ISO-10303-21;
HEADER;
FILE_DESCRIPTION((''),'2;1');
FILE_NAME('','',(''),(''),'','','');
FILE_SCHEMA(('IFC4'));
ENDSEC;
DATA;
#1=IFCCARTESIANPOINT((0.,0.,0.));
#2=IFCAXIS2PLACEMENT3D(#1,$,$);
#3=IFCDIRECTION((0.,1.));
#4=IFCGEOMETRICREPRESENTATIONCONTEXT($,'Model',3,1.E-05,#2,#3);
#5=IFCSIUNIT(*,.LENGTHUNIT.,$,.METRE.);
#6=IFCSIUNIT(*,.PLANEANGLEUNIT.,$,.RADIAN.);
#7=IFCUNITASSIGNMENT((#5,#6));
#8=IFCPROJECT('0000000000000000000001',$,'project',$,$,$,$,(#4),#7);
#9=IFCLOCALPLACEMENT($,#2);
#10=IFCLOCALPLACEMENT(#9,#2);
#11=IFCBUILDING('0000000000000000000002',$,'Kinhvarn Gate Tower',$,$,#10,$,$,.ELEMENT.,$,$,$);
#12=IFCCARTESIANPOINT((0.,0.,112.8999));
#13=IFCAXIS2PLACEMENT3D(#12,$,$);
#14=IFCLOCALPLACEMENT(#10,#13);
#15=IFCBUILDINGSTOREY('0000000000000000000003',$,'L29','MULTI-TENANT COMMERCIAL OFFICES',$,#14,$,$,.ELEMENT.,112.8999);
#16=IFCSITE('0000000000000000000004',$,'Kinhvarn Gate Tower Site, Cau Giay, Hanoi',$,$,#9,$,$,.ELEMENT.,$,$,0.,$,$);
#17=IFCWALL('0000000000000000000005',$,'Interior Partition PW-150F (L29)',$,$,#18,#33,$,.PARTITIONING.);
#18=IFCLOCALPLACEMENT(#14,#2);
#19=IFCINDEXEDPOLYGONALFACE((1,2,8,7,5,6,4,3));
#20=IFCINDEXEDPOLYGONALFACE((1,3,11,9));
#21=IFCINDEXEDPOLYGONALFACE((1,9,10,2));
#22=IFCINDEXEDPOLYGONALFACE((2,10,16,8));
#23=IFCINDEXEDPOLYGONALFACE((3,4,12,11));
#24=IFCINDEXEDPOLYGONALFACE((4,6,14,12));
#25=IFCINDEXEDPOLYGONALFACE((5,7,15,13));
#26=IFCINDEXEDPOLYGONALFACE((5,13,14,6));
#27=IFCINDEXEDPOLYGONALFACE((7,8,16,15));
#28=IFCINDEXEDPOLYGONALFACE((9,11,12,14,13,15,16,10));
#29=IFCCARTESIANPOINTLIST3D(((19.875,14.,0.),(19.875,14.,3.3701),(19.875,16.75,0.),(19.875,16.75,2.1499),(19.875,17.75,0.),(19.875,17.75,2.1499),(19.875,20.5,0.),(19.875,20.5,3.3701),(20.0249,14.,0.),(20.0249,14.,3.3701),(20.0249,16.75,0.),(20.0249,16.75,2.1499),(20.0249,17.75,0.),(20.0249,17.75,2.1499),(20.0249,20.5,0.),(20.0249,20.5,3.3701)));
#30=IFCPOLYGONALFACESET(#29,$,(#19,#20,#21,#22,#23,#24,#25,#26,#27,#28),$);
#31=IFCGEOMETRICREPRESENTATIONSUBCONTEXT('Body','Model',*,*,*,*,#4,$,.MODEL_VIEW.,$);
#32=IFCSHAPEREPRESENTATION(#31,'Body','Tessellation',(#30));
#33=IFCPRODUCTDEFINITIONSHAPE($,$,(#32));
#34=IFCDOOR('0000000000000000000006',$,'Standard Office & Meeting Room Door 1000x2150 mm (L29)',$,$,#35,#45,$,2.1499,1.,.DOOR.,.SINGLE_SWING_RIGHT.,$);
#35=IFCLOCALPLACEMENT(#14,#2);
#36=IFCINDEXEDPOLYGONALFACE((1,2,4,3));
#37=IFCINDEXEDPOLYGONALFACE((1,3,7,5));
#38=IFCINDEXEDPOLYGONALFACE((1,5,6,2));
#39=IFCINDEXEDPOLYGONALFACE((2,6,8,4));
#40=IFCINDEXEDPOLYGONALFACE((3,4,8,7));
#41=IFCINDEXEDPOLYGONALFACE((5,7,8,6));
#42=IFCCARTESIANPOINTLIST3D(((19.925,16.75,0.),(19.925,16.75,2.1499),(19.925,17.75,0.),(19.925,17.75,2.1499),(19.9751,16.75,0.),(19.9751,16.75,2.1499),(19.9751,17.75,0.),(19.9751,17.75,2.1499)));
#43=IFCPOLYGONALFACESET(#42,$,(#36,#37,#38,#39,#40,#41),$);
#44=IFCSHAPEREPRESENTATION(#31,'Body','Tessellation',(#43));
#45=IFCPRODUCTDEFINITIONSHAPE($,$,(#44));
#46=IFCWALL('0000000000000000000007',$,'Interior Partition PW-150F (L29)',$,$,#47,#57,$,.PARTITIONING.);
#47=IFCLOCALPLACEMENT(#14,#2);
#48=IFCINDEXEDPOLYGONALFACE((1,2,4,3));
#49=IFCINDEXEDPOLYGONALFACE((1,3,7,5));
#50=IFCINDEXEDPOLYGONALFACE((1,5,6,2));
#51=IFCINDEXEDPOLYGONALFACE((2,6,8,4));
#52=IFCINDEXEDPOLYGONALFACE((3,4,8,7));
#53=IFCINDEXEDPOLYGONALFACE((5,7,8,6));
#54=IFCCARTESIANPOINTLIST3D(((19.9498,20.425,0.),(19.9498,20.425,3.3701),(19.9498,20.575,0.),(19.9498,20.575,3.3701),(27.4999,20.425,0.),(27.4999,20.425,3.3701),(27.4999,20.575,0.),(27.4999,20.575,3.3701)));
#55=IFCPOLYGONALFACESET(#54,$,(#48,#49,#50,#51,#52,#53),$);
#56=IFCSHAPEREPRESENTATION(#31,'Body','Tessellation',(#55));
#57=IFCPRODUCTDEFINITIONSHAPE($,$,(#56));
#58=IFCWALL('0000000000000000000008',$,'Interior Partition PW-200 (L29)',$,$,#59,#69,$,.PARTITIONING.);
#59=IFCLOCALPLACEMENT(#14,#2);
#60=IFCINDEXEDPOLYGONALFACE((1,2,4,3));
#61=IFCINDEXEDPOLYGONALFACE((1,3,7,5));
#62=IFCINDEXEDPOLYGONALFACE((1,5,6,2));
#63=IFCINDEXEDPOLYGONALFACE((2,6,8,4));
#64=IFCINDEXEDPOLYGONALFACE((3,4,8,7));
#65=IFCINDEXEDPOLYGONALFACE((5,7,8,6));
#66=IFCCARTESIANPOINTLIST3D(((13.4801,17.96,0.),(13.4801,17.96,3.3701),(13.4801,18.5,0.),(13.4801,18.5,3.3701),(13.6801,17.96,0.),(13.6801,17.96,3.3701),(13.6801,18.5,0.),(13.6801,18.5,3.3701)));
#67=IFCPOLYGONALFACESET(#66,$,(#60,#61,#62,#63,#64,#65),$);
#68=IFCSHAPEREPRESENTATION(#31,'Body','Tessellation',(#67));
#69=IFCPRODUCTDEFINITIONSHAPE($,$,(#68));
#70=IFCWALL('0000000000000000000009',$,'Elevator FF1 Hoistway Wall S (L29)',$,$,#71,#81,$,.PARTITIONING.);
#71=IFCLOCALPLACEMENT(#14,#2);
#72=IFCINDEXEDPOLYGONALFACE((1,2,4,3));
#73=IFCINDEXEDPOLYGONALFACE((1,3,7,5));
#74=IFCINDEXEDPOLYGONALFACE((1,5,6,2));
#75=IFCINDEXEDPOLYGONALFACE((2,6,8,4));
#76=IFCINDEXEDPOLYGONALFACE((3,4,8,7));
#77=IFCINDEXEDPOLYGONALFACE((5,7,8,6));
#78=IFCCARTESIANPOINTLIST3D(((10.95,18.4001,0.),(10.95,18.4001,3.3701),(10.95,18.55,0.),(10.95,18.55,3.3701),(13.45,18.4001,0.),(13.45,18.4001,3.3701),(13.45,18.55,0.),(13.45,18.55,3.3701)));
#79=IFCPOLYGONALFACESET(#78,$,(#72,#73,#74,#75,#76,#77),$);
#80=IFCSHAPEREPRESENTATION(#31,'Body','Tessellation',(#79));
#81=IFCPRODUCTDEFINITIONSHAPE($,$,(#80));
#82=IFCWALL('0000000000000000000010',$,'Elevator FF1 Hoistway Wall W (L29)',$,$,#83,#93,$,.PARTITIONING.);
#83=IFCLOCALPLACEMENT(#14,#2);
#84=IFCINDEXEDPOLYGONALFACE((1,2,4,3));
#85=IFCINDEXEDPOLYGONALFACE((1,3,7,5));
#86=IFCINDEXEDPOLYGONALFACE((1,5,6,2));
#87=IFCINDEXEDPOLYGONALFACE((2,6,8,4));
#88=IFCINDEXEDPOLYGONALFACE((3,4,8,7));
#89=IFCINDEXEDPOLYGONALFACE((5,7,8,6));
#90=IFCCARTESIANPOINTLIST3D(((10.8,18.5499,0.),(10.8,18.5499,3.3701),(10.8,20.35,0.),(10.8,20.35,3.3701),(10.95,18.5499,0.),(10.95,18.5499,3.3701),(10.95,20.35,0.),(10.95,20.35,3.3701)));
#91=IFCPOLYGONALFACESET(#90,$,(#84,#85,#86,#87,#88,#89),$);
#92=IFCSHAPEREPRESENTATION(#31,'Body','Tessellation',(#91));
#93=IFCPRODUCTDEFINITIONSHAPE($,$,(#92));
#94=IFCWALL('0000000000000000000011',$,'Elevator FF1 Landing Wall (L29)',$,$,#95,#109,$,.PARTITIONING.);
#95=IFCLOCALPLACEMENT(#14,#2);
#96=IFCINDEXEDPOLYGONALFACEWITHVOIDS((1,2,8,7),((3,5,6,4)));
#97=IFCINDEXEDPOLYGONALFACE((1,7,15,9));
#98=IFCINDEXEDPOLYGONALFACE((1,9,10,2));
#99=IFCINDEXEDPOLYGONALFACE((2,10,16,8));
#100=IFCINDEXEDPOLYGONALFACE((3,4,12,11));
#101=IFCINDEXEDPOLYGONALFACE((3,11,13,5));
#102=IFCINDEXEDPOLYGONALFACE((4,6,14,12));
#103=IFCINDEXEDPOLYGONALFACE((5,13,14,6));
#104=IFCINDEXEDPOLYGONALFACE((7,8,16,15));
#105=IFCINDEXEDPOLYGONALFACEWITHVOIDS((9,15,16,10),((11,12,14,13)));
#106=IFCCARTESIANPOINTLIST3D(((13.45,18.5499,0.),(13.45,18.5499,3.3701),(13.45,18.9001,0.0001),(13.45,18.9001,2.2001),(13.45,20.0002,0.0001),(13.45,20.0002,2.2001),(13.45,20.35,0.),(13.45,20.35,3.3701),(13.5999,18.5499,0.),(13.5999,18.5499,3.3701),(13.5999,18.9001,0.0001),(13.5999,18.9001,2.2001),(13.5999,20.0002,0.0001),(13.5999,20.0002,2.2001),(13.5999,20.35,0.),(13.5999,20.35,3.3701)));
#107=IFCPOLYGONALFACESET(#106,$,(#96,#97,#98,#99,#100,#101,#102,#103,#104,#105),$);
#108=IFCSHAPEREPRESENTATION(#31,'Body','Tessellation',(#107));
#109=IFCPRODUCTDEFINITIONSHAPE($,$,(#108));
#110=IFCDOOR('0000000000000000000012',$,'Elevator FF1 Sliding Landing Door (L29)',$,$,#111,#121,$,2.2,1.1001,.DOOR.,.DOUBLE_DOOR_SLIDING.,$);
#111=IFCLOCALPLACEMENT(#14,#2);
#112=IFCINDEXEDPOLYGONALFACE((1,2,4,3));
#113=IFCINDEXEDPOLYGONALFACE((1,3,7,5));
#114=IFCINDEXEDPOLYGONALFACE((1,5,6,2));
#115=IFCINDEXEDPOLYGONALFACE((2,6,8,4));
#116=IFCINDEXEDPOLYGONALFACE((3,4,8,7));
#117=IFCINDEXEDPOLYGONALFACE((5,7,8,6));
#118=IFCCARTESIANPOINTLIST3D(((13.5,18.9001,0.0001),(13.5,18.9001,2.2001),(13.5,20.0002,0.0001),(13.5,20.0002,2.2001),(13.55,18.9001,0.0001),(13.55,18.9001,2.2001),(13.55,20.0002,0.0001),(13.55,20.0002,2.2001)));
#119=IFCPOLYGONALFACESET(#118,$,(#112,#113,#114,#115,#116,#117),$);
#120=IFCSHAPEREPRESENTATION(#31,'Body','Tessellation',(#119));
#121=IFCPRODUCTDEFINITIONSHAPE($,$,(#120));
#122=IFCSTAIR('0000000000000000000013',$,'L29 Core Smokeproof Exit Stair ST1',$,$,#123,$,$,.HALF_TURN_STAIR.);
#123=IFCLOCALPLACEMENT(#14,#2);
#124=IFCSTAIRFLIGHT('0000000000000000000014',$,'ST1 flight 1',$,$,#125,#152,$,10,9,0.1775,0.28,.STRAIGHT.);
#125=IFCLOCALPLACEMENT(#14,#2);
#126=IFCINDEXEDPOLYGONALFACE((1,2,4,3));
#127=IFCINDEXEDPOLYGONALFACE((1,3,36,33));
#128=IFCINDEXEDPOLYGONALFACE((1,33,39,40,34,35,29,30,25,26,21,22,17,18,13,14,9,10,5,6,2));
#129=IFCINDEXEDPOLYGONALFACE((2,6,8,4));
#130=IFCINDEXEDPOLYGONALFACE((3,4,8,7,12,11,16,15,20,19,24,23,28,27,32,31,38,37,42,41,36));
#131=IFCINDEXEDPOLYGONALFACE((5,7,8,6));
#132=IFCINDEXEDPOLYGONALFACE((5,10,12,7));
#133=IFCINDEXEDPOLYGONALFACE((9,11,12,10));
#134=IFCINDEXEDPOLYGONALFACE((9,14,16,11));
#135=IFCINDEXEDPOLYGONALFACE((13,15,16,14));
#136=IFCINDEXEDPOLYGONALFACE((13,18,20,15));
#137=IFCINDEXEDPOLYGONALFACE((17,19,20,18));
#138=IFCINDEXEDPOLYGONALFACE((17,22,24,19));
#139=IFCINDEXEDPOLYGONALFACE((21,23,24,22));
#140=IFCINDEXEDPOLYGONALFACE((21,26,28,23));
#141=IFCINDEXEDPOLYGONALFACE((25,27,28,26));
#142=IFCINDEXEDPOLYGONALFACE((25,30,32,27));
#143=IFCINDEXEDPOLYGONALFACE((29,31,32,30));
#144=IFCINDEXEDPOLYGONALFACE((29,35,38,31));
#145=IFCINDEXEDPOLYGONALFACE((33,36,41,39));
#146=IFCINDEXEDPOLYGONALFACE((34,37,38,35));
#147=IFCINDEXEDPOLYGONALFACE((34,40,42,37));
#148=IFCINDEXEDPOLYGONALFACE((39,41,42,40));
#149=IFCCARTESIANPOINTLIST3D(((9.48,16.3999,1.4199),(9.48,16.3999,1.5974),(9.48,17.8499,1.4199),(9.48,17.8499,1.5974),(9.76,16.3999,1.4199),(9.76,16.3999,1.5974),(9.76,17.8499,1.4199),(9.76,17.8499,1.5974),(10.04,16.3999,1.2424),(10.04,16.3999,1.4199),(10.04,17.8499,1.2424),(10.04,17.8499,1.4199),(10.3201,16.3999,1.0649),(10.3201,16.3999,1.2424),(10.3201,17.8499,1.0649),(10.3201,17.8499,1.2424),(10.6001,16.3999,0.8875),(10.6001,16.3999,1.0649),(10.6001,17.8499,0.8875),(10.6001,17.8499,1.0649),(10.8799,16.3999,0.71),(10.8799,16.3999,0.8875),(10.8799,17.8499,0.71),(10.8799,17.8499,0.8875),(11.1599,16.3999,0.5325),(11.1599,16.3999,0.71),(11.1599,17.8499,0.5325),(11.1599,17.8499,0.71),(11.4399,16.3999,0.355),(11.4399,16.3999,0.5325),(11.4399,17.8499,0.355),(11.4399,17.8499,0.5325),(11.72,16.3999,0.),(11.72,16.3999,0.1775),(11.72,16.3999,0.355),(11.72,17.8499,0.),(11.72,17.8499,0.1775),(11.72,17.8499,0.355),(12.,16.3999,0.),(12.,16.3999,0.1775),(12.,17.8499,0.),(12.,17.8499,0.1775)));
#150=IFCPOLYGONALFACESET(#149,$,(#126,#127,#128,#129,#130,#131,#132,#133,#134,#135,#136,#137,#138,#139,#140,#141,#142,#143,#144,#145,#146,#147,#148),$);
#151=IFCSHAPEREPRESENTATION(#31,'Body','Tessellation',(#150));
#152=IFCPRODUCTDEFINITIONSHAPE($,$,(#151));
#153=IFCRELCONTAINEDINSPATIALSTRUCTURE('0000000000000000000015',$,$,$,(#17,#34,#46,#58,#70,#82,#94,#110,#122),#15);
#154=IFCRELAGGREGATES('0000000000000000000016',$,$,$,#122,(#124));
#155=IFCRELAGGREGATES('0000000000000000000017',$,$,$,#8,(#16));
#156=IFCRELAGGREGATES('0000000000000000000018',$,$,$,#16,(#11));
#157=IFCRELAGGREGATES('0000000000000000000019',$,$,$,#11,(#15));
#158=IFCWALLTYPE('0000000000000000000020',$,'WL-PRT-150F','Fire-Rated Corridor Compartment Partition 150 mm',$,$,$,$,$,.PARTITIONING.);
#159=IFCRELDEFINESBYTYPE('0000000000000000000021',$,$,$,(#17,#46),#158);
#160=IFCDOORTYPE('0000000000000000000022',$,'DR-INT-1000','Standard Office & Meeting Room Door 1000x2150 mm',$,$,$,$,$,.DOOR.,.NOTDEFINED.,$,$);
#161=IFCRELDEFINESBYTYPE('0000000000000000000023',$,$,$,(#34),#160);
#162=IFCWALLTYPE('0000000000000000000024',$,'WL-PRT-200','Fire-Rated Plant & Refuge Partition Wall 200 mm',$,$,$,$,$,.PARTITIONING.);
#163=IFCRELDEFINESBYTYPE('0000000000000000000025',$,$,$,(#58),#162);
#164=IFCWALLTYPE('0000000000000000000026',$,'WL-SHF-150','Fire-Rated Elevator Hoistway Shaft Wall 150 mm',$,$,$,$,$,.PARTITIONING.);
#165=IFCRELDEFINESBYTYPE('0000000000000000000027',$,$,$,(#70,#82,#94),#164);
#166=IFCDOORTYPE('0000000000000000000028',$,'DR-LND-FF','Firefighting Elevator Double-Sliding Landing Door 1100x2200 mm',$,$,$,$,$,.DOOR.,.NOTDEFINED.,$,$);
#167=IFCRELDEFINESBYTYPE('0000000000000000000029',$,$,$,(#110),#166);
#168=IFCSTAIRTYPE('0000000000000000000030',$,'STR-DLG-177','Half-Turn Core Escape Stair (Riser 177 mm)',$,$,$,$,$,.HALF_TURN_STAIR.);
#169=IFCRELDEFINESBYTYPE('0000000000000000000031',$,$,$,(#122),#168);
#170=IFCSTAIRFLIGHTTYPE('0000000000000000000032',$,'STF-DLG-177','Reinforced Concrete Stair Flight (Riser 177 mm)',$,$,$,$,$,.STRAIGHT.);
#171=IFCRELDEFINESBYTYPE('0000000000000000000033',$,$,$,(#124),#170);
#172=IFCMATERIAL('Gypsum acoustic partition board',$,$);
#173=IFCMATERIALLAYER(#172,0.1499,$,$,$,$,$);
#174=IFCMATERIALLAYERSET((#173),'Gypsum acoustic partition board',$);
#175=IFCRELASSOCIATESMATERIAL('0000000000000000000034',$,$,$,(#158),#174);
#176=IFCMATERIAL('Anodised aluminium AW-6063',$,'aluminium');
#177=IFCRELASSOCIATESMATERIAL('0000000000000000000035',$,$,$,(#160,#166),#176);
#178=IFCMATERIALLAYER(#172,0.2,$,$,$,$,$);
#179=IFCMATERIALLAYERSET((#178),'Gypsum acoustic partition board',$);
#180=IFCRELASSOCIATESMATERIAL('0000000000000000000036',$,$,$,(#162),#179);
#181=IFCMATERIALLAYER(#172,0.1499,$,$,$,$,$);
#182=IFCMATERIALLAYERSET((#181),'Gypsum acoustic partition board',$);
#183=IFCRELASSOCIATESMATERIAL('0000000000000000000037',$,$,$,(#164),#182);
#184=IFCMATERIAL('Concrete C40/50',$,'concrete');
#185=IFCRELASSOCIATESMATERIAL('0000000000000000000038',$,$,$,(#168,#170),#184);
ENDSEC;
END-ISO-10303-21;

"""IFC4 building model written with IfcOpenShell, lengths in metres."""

from ifc_helpers import new_model, si_unit, direction, frame, frame_2d, origin, place, context, subcontext, project, spatial, polyline, rectangle, outline, extrude, material, layer, layer_set, type_object, element, fill, aggregate, save


model = new_model("IFC4")

# Units and contexts
model_context = context("Model", 3, precision=1e-05, world=origin(), true_north=direction((0.0, 1.0)))
body_context = subcontext(model_context, "Body", "Model", "MODEL_VIEW")
ifc_project = project(units=[si_unit("LENGTHUNIT", "METRE"), si_unit("PLANEANGLEUNIT", "RADIAN")], contexts=[model_context])

# Site, building, storey
site_placement = place(None, origin())
site = spatial("IfcSite", under=ifc_project, at=site_placement, Name="Kinhvarn Gate Tower Site, Cau Giay, Hanoi", CompositionType="ELEMENT", RefElevation=0.0)
building_placement = place(site_placement, origin())
building = spatial("IfcBuilding", under=site, at=building_placement, Name="Kinhvarn Gate Tower", CompositionType="ELEMENT")
storey_placement = place(building_placement, frame((0.0, 0.0, 112.8999)))
storey = spatial("IfcBuildingStorey", under=building, at=storey_placement, Name="L29", Description="MULTI-TENANT COMMERCIAL OFFICES", CompositionType="ELEMENT", Elevation=112.8999)

# Shared definitions
ifc_material_1 = material(Name="Anodised aluminium AW-6063", Category="aluminium")

# Shared definitions
ifc_material_2 = material(Name="Gypsum acoustic partition board")
ifc_layer_1 = layer(ifc_material_2, 0.1499)
ifc_layer_set_1 = layer_set([ifc_layer_1], Name="Gypsum acoustic partition board")
wall_type_1 = type_object("IfcWallType", Name="WL-PRT-150F", Description="Fire-Rated Corridor Compartment Partition 150 mm", PredefinedType="PARTITIONING", material=ifc_layer_set_1)

# Wall, opening, door
wall_1_placement = place(storey_placement, frame((19.95, 14.0, 0.0), z_axis=(0.0, 0.0, 1.0), x_axis=(0.0, 1.0, 0.0)))
wall_1 = element("IfcWall", 1, at=wall_1_placement, inside=storey, type_object=wall_type_1, Name="Interior Partition PW-150F (L29)", PredefinedType="PARTITIONING", context=body_context, shape_type="SweptSolid", body=[
    extrude(rectangle(XDim=6.5, YDim=0.1499, at=frame_2d((3.25, 0.0))), origin(), (0.0, 0.0, 1.0), 3.3701),
])
opening_1_placement = place(wall_1_placement, frame((2.75, 0.0, 0.0)))
opening_1 = element("IfcOpeningElement", 2, at=opening_1_placement, cuts=wall_1, PredefinedType="OPENING", context=body_context, shape_type="SweptSolid", body=[
    extrude(rectangle(XDim=1.0, YDim=2.1499, at=frame_2d((0.5, 1.075))), frame((0.0, 0.085, 0.0), z_axis=(0.0, -1.0, 0.0), x_axis=(1.0, 0.0, 0.0)), (0.0, 0.0, 1.0), 0.1699),
])
door_type_1 = type_object("IfcDoorType", Name="DR-INT-1000", Description="Standard Office & Meeting Room Door 1000x2150 mm", OperationType="NOTDEFINED", PredefinedType="DOOR", material=ifc_material_1)
door_1_placement = place(opening_1_placement, origin())
door_1 = element("IfcDoor", 3, at=door_1_placement, inside=storey, type_object=door_type_1, Name="Standard Office & Meeting Room Door 1000x2150 mm (L29)", OperationType="SINGLE_SWING_RIGHT", OverallHeight=2.1499, OverallWidth=1.0, PredefinedType="DOOR", context=body_context, shape_type="SweptSolid", body=[
    extrude(rectangle(XDim=1.0, YDim=2.1499, at=frame_2d((0.5, 1.075))), frame((0.0, 0.0249, 0.0), z_axis=(0.0, -1.0, 0.0), x_axis=(1.0, 0.0, 0.0)), (0.0, 0.0, 1.0), 0.05),
])
fill(opening_1, door_1)

# Walls
wall_2_placement = place(storey_placement, frame((19.95, 20.5, 0.0), z_axis=(0.0, 0.0, 1.0), x_axis=(1.0, 0.0, 0.0)))
element("IfcWall", 4, at=wall_2_placement, inside=storey, type_object=wall_type_1, Name="Interior Partition PW-150F (L29)", PredefinedType="PARTITIONING", context=body_context, shape_type="SweptSolid", body=[
    extrude(rectangle(XDim=7.55, YDim=0.1499, at=frame_2d((3.7749, 0.0))), origin(), (0.0, 0.0, 1.0), 3.3701),
])
ifc_layer_2 = layer(ifc_material_2, 0.2)
ifc_layer_set_2 = layer_set([ifc_layer_2], Name="Gypsum acoustic partition board")
wall_type_2 = type_object("IfcWallType", Name="WL-PRT-200", Description="Fire-Rated Plant & Refuge Partition Wall 200 mm", PredefinedType="PARTITIONING", material=ifc_layer_set_2)
wall_3_placement = place(storey_placement, frame((13.5801, 17.96, 0.0), z_axis=(0.0, 0.0, 1.0), x_axis=(0.0, 1.0, 0.0)))
element("IfcWall", 5, at=wall_3_placement, inside=storey, type_object=wall_type_2, Name="Interior Partition PW-200 (L29)", PredefinedType="PARTITIONING", context=body_context, shape_type="SweptSolid", body=[
    extrude(rectangle(XDim=0.54, YDim=0.2, at=frame_2d((0.27, 0.0))), origin(), (0.0, 0.0, 1.0), 3.3701),
])
ifc_layer_3 = layer(ifc_material_2, 0.1499)
ifc_layer_set_3 = layer_set([ifc_layer_3], Name="Gypsum acoustic partition board")
wall_type_3 = type_object("IfcWallType", Name="WL-SHF-150", Description="Fire-Rated Elevator Hoistway Shaft Wall 150 mm", PredefinedType="PARTITIONING", material=ifc_layer_set_3)
wall_4_placement = place(storey_placement, frame((10.95, 18.4751, 0.0), z_axis=(0.0, 0.0, 1.0), x_axis=(1.0, 0.0, 0.0)))
element("IfcWall", 6, at=wall_4_placement, inside=storey, type_object=wall_type_3, Name="Elevator FF1 Hoistway Wall S (L29)", PredefinedType="PARTITIONING", context=body_context, shape_type="SweptSolid", body=[
    extrude(rectangle(XDim=2.5, YDim=0.1499, at=frame_2d((1.25, 0.0))), origin(), (0.0, 0.0, 1.0), 3.3701),
])
wall_5_placement = place(storey_placement, frame((10.875, 18.55, 0.0), z_axis=(0.0, 0.0, 1.0), x_axis=(0.0, 1.0, 0.0)))
element("IfcWall", 7, at=wall_5_placement, inside=storey, type_object=wall_type_3, Name="Elevator FF1 Hoistway Wall W (L29)", PredefinedType="PARTITIONING", context=body_context, shape_type="SweptSolid", body=[
    extrude(rectangle(XDim=1.8, YDim=0.1499, at=frame_2d((0.8999, 0.0))), origin(), (0.0, 0.0, 1.0), 3.3701),
])

# Wall, opening, door
wall_6_placement = place(storey_placement, frame((13.5249, 18.55, 0.0), z_axis=(0.0, 0.0, 1.0), x_axis=(0.0, 1.0, 0.0)))
wall_6 = element("IfcWall", 8, at=wall_6_placement, inside=storey, type_object=wall_type_3, Name="Elevator FF1 Landing Wall (L29)", PredefinedType="PARTITIONING", context=body_context, shape_type="SweptSolid", body=[
    extrude(rectangle(XDim=1.8, YDim=0.1499, at=frame_2d((0.8999, 0.0))), origin(), (0.0, 0.0, 1.0), 3.3701),
])
opening_2_placement = place(wall_6_placement, frame((0.3501, 0.0, 0.0)))
opening_2 = element("IfcOpeningElement", 9, at=opening_2_placement, cuts=wall_6, PredefinedType="OPENING", context=body_context, shape_type="SweptSolid", body=[
    extrude(rectangle(XDim=1.1001, YDim=2.2, at=frame_2d((0.55, 1.1001))), frame((0.0, 0.085, 0.0), z_axis=(0.0, -1.0, 0.0), x_axis=(1.0, 0.0, 0.0)), (0.0, 0.0, 1.0), 0.1699),
])
door_type_2 = type_object("IfcDoorType", Name="DR-LND-FF", Description="Firefighting Elevator Double-Sliding Landing Door 1100x2200 mm", OperationType="NOTDEFINED", PredefinedType="DOOR", material=ifc_material_1)
door_2_placement = place(opening_2_placement, origin())
door_2 = element("IfcDoor", 10, at=door_2_placement, inside=storey, type_object=door_type_2, Name="Elevator FF1 Sliding Landing Door (L29)", OperationType="DOUBLE_DOOR_SLIDING", OverallHeight=2.2, OverallWidth=1.1001, PredefinedType="DOOR", context=body_context, shape_type="SweptSolid", body=[
    extrude(rectangle(XDim=1.1001, YDim=2.2, at=frame_2d((0.55, 1.1001))), frame((0.0, 0.0249, 0.0), z_axis=(0.0, -1.0, 0.0), x_axis=(1.0, 0.0, 0.0)), (0.0, 0.0, 1.0), 0.05),
])
fill(opening_2, door_2)
ifc_material_3 = material(Name="Concrete C40/50", Category="concrete")

# Stair, stair flight
stair_type = type_object("IfcStairType", Name="STR-DLG-177", Description="Half-Turn Core Escape Stair (Riser 177 mm)", PredefinedType="HALF_TURN_STAIR", material=ifc_material_3)
stair_placement = place(storey_placement, origin())
stair = element("IfcStair", 11, at=stair_placement, inside=storey, type_object=stair_type, Name="L29 Core Smokeproof Exit Stair ST1", PredefinedType="HALF_TURN_STAIR")
stair_flight_type = type_object("IfcStairFlightType", Name="STF-DLG-177", Description="Reinforced Concrete Stair Flight (Riser 177 mm)", PredefinedType="STRAIGHT", material=ifc_material_3)
stair_flight_1_placement = place(storey_placement, frame((12.0, 17.125, 0.0), z_axis=(0.0, 0.0, 1.0), x_axis=(-1.0, 0.0, 0.0)))
stair_flight_1 = element("IfcStairFlight", 12, at=stair_flight_1_placement, type_object=stair_flight_type, Name="ST1 flight 1", NumberOfRisers=10, NumberOfTreads=9, PredefinedType="STRAIGHT", RiserHeight=0.1775, TreadLength=0.28, context=body_context, shape_type="SweptSolid", body=[
    extrude(outline(polyline([(0.0, 0.0), (0.0, 0.1775), (0.28, 0.1775), (0.28, 0.355), (0.5601, 0.355), (0.5601, 0.5325), (0.8401, 0.5325), (0.8401, 0.71), (1.1201, 0.71), (1.1201, 0.8875), (1.3999, 0.8875), (1.3999, 1.0649), (1.6799, 1.0649), (1.6799, 1.2424), (1.96, 1.2424), (1.96, 1.4199), (2.24, 1.4199), (2.24, 1.5974), (2.52, 1.5974), (2.52, 1.7749), (2.52, 1.4199), (0.28, 0.0), (0.0, 0.0)])), frame((0.0, 0.7251, 0.0), z_axis=(0.0, -1.0, 0.0), x_axis=(1.0, 0.0, 0.0)), (0.0, 0.0, 1.0), 1.45),
])
aggregate(stair, [stair_flight_1])

save(model, "model.ifc")
